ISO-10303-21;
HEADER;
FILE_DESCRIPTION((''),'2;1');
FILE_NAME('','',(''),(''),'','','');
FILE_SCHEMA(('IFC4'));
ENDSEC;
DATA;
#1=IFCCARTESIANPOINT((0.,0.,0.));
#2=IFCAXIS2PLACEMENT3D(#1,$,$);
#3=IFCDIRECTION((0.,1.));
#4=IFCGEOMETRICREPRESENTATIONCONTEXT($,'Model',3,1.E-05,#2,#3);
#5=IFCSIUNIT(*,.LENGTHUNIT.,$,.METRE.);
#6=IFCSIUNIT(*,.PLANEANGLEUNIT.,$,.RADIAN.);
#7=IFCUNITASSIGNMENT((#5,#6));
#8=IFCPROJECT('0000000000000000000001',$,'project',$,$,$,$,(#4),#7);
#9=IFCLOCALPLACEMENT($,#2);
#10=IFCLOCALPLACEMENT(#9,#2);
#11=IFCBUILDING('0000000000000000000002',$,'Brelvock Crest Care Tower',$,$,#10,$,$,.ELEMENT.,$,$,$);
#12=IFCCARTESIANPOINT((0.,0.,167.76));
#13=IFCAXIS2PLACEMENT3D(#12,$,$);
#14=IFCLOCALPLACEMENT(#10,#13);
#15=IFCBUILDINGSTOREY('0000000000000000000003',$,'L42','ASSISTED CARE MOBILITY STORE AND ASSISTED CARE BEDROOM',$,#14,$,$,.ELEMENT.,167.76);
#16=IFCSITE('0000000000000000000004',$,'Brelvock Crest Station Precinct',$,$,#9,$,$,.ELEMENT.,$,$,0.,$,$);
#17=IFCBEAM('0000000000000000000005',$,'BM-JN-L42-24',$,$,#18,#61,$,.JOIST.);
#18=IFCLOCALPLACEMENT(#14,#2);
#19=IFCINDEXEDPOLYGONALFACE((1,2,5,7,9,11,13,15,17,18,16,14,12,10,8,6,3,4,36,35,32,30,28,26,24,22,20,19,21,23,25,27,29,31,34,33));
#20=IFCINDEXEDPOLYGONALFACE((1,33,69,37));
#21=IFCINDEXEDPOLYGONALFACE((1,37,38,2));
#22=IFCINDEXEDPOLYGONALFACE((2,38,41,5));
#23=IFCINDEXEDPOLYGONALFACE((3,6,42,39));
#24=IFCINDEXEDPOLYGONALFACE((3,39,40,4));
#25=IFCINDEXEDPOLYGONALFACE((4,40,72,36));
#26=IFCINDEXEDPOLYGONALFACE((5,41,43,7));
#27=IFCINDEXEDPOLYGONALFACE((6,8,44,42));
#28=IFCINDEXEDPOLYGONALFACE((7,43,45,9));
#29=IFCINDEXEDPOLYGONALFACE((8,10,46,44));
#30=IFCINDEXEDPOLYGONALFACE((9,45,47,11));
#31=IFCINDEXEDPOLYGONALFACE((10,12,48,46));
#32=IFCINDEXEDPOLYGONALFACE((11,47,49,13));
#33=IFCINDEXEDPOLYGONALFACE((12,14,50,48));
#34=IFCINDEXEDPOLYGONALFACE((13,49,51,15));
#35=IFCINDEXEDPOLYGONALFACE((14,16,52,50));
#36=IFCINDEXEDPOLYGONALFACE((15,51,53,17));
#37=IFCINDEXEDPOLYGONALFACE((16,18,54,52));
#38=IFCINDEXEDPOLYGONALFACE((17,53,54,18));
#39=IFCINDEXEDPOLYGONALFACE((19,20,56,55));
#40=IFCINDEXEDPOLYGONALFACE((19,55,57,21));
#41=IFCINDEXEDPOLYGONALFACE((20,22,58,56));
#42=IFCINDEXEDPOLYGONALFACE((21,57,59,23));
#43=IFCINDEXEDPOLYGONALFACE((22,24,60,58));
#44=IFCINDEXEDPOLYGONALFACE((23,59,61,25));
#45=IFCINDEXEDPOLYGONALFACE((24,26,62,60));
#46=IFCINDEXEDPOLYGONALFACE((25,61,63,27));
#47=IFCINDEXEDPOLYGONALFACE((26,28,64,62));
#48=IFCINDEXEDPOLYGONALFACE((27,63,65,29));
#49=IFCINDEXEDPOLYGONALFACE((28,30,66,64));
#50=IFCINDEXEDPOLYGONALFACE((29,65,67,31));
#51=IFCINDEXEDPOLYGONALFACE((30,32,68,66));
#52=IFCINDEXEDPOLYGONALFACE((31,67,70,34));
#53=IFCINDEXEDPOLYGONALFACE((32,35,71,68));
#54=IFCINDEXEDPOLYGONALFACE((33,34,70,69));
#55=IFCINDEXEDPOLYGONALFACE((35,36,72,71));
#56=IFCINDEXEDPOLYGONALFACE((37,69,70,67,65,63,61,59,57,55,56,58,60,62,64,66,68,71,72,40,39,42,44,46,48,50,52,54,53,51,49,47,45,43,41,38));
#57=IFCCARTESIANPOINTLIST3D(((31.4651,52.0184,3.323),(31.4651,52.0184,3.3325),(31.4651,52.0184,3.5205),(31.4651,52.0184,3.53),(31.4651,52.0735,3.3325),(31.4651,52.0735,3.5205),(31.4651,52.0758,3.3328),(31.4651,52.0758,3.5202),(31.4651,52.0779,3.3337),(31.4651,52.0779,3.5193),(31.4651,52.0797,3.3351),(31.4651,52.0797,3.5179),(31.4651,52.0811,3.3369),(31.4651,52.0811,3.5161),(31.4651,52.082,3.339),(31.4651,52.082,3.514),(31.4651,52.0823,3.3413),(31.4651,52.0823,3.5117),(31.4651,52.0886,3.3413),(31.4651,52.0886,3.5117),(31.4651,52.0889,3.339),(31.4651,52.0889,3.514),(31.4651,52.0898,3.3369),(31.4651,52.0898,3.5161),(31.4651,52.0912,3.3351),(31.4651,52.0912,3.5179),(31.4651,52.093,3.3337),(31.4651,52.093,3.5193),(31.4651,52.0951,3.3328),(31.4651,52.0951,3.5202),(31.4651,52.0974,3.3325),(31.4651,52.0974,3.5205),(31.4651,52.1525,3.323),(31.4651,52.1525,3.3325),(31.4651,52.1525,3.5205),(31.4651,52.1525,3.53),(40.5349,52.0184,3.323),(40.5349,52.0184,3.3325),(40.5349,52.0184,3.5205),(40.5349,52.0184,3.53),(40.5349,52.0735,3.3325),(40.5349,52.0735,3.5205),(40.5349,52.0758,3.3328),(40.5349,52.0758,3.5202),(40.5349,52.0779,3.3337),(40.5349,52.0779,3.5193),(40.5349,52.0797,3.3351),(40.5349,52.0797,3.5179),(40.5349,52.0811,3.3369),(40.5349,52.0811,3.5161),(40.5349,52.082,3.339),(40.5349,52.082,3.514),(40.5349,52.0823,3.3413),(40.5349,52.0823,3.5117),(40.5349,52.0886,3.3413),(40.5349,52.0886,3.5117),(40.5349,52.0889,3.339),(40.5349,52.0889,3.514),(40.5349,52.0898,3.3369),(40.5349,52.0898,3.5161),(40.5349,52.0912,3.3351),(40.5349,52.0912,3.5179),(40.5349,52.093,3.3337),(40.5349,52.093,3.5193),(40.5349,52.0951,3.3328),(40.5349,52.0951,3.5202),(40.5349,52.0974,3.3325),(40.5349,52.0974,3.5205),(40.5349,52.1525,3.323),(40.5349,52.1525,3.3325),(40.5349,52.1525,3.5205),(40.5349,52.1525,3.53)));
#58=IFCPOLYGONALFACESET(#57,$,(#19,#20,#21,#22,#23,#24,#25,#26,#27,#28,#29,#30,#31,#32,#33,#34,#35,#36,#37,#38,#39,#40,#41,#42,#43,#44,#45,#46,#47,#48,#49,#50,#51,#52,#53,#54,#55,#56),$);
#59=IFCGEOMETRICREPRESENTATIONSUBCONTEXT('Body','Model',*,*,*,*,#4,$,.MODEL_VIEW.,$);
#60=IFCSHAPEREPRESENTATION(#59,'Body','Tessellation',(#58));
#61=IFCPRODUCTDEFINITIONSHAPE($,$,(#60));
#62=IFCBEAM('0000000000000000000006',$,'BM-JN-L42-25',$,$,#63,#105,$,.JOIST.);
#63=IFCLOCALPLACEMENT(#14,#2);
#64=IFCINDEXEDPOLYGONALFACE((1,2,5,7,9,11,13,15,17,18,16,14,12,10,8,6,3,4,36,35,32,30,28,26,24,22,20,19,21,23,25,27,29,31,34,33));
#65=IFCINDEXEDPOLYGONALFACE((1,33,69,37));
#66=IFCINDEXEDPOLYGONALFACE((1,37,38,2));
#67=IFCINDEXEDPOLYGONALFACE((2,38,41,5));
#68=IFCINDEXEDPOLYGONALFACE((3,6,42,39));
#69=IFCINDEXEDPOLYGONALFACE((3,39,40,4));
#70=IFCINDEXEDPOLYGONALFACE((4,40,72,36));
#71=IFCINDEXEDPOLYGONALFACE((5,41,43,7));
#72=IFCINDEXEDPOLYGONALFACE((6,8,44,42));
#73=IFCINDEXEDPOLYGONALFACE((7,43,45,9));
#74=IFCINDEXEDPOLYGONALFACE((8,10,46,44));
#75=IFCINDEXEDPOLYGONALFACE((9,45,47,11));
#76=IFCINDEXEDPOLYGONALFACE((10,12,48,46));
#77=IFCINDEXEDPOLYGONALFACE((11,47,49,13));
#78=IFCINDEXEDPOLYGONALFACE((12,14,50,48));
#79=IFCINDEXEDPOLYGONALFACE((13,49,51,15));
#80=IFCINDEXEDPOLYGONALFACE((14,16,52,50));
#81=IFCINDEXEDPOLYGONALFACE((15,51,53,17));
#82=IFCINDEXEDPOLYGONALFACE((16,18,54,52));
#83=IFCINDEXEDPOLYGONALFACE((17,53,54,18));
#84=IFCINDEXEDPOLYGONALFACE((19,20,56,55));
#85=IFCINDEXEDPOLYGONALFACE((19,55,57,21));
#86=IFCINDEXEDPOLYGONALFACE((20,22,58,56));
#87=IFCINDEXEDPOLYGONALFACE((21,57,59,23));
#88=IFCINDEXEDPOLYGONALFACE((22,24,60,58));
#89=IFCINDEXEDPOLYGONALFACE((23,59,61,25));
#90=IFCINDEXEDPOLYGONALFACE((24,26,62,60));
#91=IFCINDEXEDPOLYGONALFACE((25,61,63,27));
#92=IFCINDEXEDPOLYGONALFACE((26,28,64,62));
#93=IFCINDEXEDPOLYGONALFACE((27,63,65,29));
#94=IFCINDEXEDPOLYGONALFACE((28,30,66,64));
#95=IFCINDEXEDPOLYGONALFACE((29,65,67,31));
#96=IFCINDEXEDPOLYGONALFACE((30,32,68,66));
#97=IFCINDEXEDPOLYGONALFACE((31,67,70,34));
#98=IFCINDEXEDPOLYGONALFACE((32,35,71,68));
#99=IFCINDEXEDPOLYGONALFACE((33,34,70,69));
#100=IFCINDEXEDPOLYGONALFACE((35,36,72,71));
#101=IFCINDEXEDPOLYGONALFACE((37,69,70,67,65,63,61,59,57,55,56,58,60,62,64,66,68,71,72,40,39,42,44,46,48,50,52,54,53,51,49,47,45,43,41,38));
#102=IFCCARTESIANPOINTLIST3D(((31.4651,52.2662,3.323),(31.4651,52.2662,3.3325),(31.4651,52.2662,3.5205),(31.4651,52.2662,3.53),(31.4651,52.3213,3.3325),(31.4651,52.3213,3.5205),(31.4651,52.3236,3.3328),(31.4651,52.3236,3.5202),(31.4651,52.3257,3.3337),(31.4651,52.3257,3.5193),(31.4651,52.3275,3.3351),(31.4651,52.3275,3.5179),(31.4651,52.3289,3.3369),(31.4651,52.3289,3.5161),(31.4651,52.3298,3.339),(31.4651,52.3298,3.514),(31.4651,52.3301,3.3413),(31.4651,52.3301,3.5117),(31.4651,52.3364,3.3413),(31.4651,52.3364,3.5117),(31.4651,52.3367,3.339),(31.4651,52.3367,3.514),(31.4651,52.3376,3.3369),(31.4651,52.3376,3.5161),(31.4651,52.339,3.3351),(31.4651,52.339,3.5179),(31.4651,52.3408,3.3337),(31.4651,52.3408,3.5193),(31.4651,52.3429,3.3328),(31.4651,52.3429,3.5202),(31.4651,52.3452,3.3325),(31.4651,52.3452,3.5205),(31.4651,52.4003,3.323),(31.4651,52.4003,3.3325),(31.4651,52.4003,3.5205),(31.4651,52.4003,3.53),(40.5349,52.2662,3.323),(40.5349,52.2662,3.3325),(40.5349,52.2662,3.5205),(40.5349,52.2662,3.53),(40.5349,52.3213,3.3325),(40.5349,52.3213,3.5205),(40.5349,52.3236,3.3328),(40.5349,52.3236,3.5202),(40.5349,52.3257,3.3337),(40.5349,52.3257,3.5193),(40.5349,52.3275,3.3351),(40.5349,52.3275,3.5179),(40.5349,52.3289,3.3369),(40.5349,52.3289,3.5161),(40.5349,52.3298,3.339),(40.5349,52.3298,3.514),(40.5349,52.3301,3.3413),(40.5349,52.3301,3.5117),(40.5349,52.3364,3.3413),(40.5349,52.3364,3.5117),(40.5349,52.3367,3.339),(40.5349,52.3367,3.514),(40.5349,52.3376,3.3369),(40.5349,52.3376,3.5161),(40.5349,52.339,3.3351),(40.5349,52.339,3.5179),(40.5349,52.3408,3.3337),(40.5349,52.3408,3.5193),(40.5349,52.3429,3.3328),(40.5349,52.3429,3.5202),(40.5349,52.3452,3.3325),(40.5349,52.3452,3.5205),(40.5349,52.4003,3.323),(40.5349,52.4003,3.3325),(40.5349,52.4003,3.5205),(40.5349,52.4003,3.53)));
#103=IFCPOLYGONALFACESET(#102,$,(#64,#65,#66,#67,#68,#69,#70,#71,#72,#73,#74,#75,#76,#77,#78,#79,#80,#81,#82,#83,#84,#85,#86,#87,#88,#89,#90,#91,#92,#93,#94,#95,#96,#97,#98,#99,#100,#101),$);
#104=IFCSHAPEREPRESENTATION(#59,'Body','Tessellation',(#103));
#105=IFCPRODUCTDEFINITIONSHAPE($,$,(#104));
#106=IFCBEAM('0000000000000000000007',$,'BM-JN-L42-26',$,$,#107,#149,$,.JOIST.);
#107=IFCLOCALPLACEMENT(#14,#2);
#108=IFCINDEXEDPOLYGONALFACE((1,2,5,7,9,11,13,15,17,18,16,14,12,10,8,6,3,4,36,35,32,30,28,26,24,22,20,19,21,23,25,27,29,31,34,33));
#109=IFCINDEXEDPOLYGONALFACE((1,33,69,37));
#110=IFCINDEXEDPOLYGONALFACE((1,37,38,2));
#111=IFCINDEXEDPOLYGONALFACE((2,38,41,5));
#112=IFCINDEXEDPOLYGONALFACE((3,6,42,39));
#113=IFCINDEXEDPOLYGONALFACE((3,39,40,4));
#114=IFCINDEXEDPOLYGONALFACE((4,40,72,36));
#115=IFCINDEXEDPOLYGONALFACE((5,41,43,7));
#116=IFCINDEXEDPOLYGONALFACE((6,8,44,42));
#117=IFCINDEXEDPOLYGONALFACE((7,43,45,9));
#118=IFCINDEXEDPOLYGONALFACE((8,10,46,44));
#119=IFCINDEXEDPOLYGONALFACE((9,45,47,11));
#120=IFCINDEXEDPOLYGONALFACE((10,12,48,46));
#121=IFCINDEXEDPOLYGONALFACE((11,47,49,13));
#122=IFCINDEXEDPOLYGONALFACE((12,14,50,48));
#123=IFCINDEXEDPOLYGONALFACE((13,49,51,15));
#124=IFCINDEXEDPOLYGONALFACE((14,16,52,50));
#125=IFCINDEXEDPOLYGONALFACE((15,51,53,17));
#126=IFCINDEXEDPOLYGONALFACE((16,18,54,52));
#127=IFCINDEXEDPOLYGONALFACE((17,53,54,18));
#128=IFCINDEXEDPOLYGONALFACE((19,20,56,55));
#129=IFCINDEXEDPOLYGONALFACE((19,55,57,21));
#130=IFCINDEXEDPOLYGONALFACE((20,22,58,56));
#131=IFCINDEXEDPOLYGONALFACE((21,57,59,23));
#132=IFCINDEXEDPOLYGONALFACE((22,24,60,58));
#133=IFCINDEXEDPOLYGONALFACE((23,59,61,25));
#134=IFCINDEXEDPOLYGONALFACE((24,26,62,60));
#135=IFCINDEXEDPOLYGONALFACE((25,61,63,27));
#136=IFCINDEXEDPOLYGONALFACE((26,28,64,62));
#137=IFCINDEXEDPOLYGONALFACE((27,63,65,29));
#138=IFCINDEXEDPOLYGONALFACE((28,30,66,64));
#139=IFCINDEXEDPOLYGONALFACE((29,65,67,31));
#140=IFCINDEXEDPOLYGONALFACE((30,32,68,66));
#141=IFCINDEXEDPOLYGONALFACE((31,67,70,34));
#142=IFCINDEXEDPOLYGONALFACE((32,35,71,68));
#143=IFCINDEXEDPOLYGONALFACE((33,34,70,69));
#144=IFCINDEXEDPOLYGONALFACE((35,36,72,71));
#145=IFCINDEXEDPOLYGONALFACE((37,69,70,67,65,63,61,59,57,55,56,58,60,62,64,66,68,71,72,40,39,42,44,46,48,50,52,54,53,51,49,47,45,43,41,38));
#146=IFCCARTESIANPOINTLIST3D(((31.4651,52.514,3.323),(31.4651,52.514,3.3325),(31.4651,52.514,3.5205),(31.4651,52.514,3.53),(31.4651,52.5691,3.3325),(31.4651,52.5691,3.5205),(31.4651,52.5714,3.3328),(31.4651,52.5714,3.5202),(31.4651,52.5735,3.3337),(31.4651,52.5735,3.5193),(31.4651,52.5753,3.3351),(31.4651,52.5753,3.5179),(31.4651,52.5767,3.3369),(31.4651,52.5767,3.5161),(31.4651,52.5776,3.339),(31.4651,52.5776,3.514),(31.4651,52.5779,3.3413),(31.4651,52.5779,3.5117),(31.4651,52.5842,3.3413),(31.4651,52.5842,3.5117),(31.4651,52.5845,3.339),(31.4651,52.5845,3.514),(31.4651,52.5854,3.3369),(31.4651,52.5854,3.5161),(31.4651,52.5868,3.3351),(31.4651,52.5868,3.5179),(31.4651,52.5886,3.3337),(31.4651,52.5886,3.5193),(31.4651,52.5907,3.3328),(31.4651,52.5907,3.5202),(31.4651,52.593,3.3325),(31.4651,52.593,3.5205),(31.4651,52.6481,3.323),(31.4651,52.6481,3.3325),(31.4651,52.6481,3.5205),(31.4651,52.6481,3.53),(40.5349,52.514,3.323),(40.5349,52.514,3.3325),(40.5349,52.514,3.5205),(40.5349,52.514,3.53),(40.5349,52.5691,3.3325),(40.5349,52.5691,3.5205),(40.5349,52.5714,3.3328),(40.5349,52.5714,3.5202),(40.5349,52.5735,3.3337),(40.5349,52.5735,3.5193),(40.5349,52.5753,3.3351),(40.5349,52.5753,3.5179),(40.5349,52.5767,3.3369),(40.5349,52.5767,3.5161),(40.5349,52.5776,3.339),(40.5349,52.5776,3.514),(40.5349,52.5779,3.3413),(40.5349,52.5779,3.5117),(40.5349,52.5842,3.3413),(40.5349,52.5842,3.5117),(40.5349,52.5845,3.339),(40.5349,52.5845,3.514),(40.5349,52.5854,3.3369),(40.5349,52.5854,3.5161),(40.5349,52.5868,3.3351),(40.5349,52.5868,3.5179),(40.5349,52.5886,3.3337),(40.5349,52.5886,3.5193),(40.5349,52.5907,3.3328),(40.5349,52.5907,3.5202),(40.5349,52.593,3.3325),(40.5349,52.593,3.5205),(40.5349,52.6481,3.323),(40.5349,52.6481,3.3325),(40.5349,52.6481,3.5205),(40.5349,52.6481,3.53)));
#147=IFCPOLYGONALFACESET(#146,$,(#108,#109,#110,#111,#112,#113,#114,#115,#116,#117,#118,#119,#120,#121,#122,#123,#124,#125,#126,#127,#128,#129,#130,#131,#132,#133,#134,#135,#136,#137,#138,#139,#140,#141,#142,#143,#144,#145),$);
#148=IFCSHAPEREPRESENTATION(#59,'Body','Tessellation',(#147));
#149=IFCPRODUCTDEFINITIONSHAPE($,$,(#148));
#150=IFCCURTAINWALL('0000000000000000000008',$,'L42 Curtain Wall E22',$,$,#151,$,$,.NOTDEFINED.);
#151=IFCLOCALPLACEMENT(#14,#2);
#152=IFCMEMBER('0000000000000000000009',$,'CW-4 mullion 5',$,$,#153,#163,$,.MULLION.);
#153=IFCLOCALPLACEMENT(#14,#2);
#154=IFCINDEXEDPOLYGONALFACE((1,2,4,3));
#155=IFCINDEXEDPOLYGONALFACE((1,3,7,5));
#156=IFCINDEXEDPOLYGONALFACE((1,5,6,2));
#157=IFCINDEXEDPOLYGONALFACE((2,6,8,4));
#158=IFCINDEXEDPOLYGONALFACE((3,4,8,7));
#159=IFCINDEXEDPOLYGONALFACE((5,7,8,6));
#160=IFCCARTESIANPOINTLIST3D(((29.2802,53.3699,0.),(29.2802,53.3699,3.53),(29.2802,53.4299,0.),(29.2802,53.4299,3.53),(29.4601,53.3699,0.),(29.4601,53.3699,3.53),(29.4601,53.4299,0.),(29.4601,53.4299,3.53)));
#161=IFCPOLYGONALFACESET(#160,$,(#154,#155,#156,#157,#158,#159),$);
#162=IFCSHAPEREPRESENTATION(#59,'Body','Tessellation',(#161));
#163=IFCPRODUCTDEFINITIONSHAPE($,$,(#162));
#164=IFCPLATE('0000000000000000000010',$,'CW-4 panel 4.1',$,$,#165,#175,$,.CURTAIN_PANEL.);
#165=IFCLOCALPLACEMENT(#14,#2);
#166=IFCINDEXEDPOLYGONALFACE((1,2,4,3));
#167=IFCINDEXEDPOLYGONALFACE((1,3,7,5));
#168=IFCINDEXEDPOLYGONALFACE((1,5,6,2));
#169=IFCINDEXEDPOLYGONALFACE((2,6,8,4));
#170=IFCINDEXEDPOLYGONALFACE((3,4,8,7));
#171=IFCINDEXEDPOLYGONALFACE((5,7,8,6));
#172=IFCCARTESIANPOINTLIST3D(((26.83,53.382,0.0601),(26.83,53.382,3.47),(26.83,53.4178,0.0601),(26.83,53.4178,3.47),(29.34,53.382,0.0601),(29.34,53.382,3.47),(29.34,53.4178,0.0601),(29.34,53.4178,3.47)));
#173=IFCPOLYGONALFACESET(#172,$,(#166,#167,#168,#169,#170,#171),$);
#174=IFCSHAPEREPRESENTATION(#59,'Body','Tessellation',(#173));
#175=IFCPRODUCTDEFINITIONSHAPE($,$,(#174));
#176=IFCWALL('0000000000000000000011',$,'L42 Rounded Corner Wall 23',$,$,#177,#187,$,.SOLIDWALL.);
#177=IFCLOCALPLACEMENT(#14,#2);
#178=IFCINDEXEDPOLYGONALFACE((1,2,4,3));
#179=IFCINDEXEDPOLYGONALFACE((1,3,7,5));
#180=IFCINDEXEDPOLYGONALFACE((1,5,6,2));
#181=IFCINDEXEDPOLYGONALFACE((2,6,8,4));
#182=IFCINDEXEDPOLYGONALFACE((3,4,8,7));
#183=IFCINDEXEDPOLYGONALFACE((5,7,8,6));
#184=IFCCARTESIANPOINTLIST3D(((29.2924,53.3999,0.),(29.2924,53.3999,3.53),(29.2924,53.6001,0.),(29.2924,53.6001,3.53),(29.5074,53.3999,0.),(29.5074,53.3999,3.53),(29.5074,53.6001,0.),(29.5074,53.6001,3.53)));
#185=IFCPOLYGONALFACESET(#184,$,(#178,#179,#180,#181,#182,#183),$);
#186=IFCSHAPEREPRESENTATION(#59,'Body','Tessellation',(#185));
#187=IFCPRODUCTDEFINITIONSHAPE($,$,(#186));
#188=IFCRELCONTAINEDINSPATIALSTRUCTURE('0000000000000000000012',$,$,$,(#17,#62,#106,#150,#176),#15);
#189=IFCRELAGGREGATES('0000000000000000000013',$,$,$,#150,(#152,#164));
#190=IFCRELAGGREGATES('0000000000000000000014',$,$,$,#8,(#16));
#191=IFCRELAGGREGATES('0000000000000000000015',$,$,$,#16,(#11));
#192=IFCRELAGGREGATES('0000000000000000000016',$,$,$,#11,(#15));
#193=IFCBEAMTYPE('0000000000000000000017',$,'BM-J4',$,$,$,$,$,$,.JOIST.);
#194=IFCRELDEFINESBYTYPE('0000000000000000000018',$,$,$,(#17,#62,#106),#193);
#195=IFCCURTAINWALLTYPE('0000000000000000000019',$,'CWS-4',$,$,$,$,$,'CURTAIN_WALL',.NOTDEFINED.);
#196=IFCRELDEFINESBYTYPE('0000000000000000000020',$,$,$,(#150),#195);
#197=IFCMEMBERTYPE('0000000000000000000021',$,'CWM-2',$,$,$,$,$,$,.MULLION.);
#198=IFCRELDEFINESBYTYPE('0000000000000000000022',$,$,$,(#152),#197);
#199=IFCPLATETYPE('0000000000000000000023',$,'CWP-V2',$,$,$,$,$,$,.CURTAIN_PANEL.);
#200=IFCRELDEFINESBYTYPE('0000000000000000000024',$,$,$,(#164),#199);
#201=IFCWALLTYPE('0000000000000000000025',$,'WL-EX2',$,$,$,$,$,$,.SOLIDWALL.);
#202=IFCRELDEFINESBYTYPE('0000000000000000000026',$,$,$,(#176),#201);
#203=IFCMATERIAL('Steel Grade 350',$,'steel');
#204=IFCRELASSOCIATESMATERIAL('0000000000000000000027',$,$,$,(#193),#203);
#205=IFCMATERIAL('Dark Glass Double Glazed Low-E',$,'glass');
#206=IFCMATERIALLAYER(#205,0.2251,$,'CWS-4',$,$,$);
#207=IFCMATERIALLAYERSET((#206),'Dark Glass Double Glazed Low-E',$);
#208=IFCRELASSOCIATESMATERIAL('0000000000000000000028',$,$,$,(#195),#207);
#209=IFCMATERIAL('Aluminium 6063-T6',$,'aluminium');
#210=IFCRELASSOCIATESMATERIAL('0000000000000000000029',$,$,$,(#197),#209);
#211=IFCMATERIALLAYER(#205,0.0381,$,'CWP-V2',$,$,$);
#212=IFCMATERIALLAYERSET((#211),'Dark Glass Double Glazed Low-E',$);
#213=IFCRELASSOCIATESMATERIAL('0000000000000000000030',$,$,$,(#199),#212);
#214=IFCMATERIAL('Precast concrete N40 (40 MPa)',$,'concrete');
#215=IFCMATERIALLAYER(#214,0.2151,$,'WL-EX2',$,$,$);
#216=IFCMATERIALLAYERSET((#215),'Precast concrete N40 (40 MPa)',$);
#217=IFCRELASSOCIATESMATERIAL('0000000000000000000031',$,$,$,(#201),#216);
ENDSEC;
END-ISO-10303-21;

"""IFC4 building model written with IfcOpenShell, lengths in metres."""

from ifc_helpers import new_model, si_unit, direction, frame, frame_2d, origin, origin_2d, place, context, subcontext, project, spatial, rectangle, i_section, extrude, source, transform, mapped, material, layer, layer_set, material_profile, profile_set, type_object, element, aggregate, save


model = new_model("IFC4")

# Units and contexts
model_context = context("Model", 3, precision=1e-05, world=origin(), true_north=direction((0.0, 1.0)))
body_context = subcontext(model_context, "Body", "Model", "MODEL_VIEW")
ifc_project = project(units=[si_unit("LENGTHUNIT", "METRE"), si_unit("PLANEANGLEUNIT", "RADIAN")], contexts=[model_context])

# Site, building, storey
site_placement = place(None, origin())
site = spatial("IfcSite", under=ifc_project, at=site_placement, Name="Brelvock Crest Station Precinct", CompositionType="ELEMENT", RefElevation=0.0)
building_placement = place(site_placement, origin())
building = spatial("IfcBuilding", under=site, at=building_placement, Name="Brelvock Crest Care Tower", CompositionType="ELEMENT")
storey_placement = place(building_placement, frame((0.0, 0.0, 167.76)))
storey = spatial("IfcBuildingStorey", under=building, at=storey_placement, Name="L42", Description="ASSISTED CARE MOBILITY STORE AND ASSISTED CARE BEDROOM", CompositionType="ELEMENT", Elevation=167.76)

# Shared definitions
ifc_material_1 = material(Name="Steel Grade 350", Category="steel")

# Beams
ifc_material_profile_1 = material_profile(ifc_material_1, i_section(OverallWidth=0.134, OverallDepth=0.207, WebThickness=0.0063, FlangeThickness=0.0095, FilletRadius=0.0088, at=origin_2d()), Name="200UB29.8")
ifc_profile_set_1 = profile_set([ifc_material_profile_1], Name="Steel Grade 350")
beam_type_1 = type_object("IfcBeamType", Name="BM-J4", PredefinedType="JOIST", material=ifc_profile_set_1)
shared_shape_1 = source(origin(), body_context, "Body", "SweptSolid", [
    extrude(i_section(OverallWidth=0.134, OverallDepth=0.207, WebThickness=0.0063, FlangeThickness=0.0095, FilletRadius=0.0088, at=origin_2d()), origin(), (0.0, 0.0, 1.0), 9.0698),
])
for number, where, z_axis, x_axis, name in (
    (1, (31.4651, 52.0854, 3.4265), (1.0, 0.0, 0.0), (0.0, 1.0, 0.0), "BM-JN-L42-24"),
    (2, (31.4651, 52.3333, 3.4265), (1.0, 0.0, 0.0), (0.0, 1.0, 0.0), "BM-JN-L42-25"),
    (3, (31.4651, 52.5811, 3.4265), (1.0, 0.0, 0.0), (0.0, 1.0, 0.0), "BM-JN-L42-26"),
):
    element("IfcBeam", number, at=place(storey_placement, frame(where, z_axis=z_axis, x_axis=x_axis)), inside=storey, type_object=beam_type_1, Name=name, PredefinedType="JOIST", context=body_context, shape_type="MappedRepresentation", body=[
        mapped(shared_shape_1, transform((0.0, 0.0, 0.0), x_axis=(1.0, 0.0, 0.0), y_axis=(0.0, 1.0, 0.0), z_axis=(0.0, 0.0, 1.0), scale=1.0)),
    ])

# Curtain wall, member, plate
ifc_material_2 = material(Name="Dark Glass Double Glazed Low-E", Category="glass")
ifc_layer_1 = layer(ifc_material_2, 0.2251, Name="CWS-4")
ifc_layer_set_1 = layer_set([ifc_layer_1], Name="Dark Glass Double Glazed Low-E")
curtain_wall_type = type_object("IfcCurtainWallType", Name="CWS-4", ElementType="CURTAIN_WALL", PredefinedType="NOTDEFINED", material=ifc_layer_set_1)
curtain_wall_placement = place(storey_placement, origin())
curtain_wall = element("IfcCurtainWall", 4, at=curtain_wall_placement, inside=storey, type_object=curtain_wall_type, Name="L42 Curtain Wall E22", PredefinedType="NOTDEFINED")
ifc_material_3 = material(Name="Aluminium 6063-T6", Category="aluminium")
ifc_material_profile_2 = material_profile(ifc_material_3, rectangle(XDim=0.0601, YDim=0.1799, at=origin_2d()), Name="ALU60x180")
ifc_profile_set_2 = profile_set([ifc_material_profile_2], Name="Aluminium 6063-T6")
member_type = type_object("IfcMemberType", Name="CWM-2", PredefinedType="MULLION", material=ifc_profile_set_2)
shared_shape_2 = source(origin(), body_context, "Body", "SweptSolid", [
    extrude(rectangle(XDim=0.0601, YDim=0.1799, at=origin_2d()), origin(), (0.0, 0.0, 1.0), 3.53),
])
member_placement = place(storey_placement, frame((29.3701, 53.3999, 0.0), z_axis=(0.0, 0.0, 1.0), x_axis=(0.0, 1.0, 0.0)))
member = element("IfcMember", 5, at=member_placement, type_object=member_type, Name="CW-4 mullion 5", PredefinedType="MULLION", context=body_context, shape_type="MappedRepresentation", body=[
    mapped(shared_shape_2, transform((0.0, 0.0, 0.0), x_axis=(1.0, 0.0, 0.0), y_axis=(0.0, 1.0, 0.0), z_axis=(0.0, 0.0, 1.0), scale=1.0)),
])
ifc_layer_2 = layer(ifc_material_2, 0.0381, Name="CWP-V2")
ifc_layer_set_2 = layer_set([ifc_layer_2], Name="Dark Glass Double Glazed Low-E")
plate_type = type_object("IfcPlateType", Name="CWP-V2", PredefinedType="CURTAIN_PANEL", material=ifc_layer_set_2)
shared_shape_3 = source(origin(), body_context, "Body", "SweptSolid", [
    extrude(rectangle(XDim=2.51, YDim=0.0359, at=origin_2d()), origin(), (0.0, 0.0, 1.0), 3.4099),
])
plate_placement = place(storey_placement, frame((28.085, 53.3999, 0.0601), z_axis=(0.0, 0.0, 1.0), x_axis=(1.0, 0.0, 0.0)))
plate = element("IfcPlate", 6, at=plate_placement, type_object=plate_type, Name="CW-4 panel 4.1", PredefinedType="CURTAIN_PANEL", context=body_context, shape_type="MappedRepresentation", body=[
    mapped(shared_shape_3, transform((0.0, 0.0, 0.0), x_axis=(1.0, 0.0, 0.0), y_axis=(0.0, 1.0, 0.0), z_axis=(0.0, 0.0, 1.0), scale=1.0)),
])
aggregate(curtain_wall, [member, plate])

# Wall
ifc_material_4 = material(Name="Precast concrete N40 (40 MPa)", Category="concrete")
ifc_layer_3 = layer(ifc_material_4, 0.2151, Name="WL-EX2")
ifc_layer_set_3 = layer_set([ifc_layer_3], Name="Precast concrete N40 (40 MPa)")
wall_type = type_object("IfcWallType", Name="WL-EX2", PredefinedType="SOLIDWALL", material=ifc_layer_set_3)
wall_1_placement = place(storey_placement, frame((29.3999, 53.3999, 0.0), z_axis=(0.0, 0.0, 1.0), x_axis=(0.0, 1.0, 0.0)))
element("IfcWall", 7, at=wall_1_placement, inside=storey, type_object=wall_type, Name="L42 Rounded Corner Wall 23", PredefinedType="SOLIDWALL", context=body_context, shape_type="SweptSolid", body=[
    extrude(rectangle(XDim=0.2002, YDim=0.2151, at=frame_2d((0.1001, 0.0))), origin(), (0.0, 0.0, 1.0), 3.53),
])

save(model, "model.ifc")
